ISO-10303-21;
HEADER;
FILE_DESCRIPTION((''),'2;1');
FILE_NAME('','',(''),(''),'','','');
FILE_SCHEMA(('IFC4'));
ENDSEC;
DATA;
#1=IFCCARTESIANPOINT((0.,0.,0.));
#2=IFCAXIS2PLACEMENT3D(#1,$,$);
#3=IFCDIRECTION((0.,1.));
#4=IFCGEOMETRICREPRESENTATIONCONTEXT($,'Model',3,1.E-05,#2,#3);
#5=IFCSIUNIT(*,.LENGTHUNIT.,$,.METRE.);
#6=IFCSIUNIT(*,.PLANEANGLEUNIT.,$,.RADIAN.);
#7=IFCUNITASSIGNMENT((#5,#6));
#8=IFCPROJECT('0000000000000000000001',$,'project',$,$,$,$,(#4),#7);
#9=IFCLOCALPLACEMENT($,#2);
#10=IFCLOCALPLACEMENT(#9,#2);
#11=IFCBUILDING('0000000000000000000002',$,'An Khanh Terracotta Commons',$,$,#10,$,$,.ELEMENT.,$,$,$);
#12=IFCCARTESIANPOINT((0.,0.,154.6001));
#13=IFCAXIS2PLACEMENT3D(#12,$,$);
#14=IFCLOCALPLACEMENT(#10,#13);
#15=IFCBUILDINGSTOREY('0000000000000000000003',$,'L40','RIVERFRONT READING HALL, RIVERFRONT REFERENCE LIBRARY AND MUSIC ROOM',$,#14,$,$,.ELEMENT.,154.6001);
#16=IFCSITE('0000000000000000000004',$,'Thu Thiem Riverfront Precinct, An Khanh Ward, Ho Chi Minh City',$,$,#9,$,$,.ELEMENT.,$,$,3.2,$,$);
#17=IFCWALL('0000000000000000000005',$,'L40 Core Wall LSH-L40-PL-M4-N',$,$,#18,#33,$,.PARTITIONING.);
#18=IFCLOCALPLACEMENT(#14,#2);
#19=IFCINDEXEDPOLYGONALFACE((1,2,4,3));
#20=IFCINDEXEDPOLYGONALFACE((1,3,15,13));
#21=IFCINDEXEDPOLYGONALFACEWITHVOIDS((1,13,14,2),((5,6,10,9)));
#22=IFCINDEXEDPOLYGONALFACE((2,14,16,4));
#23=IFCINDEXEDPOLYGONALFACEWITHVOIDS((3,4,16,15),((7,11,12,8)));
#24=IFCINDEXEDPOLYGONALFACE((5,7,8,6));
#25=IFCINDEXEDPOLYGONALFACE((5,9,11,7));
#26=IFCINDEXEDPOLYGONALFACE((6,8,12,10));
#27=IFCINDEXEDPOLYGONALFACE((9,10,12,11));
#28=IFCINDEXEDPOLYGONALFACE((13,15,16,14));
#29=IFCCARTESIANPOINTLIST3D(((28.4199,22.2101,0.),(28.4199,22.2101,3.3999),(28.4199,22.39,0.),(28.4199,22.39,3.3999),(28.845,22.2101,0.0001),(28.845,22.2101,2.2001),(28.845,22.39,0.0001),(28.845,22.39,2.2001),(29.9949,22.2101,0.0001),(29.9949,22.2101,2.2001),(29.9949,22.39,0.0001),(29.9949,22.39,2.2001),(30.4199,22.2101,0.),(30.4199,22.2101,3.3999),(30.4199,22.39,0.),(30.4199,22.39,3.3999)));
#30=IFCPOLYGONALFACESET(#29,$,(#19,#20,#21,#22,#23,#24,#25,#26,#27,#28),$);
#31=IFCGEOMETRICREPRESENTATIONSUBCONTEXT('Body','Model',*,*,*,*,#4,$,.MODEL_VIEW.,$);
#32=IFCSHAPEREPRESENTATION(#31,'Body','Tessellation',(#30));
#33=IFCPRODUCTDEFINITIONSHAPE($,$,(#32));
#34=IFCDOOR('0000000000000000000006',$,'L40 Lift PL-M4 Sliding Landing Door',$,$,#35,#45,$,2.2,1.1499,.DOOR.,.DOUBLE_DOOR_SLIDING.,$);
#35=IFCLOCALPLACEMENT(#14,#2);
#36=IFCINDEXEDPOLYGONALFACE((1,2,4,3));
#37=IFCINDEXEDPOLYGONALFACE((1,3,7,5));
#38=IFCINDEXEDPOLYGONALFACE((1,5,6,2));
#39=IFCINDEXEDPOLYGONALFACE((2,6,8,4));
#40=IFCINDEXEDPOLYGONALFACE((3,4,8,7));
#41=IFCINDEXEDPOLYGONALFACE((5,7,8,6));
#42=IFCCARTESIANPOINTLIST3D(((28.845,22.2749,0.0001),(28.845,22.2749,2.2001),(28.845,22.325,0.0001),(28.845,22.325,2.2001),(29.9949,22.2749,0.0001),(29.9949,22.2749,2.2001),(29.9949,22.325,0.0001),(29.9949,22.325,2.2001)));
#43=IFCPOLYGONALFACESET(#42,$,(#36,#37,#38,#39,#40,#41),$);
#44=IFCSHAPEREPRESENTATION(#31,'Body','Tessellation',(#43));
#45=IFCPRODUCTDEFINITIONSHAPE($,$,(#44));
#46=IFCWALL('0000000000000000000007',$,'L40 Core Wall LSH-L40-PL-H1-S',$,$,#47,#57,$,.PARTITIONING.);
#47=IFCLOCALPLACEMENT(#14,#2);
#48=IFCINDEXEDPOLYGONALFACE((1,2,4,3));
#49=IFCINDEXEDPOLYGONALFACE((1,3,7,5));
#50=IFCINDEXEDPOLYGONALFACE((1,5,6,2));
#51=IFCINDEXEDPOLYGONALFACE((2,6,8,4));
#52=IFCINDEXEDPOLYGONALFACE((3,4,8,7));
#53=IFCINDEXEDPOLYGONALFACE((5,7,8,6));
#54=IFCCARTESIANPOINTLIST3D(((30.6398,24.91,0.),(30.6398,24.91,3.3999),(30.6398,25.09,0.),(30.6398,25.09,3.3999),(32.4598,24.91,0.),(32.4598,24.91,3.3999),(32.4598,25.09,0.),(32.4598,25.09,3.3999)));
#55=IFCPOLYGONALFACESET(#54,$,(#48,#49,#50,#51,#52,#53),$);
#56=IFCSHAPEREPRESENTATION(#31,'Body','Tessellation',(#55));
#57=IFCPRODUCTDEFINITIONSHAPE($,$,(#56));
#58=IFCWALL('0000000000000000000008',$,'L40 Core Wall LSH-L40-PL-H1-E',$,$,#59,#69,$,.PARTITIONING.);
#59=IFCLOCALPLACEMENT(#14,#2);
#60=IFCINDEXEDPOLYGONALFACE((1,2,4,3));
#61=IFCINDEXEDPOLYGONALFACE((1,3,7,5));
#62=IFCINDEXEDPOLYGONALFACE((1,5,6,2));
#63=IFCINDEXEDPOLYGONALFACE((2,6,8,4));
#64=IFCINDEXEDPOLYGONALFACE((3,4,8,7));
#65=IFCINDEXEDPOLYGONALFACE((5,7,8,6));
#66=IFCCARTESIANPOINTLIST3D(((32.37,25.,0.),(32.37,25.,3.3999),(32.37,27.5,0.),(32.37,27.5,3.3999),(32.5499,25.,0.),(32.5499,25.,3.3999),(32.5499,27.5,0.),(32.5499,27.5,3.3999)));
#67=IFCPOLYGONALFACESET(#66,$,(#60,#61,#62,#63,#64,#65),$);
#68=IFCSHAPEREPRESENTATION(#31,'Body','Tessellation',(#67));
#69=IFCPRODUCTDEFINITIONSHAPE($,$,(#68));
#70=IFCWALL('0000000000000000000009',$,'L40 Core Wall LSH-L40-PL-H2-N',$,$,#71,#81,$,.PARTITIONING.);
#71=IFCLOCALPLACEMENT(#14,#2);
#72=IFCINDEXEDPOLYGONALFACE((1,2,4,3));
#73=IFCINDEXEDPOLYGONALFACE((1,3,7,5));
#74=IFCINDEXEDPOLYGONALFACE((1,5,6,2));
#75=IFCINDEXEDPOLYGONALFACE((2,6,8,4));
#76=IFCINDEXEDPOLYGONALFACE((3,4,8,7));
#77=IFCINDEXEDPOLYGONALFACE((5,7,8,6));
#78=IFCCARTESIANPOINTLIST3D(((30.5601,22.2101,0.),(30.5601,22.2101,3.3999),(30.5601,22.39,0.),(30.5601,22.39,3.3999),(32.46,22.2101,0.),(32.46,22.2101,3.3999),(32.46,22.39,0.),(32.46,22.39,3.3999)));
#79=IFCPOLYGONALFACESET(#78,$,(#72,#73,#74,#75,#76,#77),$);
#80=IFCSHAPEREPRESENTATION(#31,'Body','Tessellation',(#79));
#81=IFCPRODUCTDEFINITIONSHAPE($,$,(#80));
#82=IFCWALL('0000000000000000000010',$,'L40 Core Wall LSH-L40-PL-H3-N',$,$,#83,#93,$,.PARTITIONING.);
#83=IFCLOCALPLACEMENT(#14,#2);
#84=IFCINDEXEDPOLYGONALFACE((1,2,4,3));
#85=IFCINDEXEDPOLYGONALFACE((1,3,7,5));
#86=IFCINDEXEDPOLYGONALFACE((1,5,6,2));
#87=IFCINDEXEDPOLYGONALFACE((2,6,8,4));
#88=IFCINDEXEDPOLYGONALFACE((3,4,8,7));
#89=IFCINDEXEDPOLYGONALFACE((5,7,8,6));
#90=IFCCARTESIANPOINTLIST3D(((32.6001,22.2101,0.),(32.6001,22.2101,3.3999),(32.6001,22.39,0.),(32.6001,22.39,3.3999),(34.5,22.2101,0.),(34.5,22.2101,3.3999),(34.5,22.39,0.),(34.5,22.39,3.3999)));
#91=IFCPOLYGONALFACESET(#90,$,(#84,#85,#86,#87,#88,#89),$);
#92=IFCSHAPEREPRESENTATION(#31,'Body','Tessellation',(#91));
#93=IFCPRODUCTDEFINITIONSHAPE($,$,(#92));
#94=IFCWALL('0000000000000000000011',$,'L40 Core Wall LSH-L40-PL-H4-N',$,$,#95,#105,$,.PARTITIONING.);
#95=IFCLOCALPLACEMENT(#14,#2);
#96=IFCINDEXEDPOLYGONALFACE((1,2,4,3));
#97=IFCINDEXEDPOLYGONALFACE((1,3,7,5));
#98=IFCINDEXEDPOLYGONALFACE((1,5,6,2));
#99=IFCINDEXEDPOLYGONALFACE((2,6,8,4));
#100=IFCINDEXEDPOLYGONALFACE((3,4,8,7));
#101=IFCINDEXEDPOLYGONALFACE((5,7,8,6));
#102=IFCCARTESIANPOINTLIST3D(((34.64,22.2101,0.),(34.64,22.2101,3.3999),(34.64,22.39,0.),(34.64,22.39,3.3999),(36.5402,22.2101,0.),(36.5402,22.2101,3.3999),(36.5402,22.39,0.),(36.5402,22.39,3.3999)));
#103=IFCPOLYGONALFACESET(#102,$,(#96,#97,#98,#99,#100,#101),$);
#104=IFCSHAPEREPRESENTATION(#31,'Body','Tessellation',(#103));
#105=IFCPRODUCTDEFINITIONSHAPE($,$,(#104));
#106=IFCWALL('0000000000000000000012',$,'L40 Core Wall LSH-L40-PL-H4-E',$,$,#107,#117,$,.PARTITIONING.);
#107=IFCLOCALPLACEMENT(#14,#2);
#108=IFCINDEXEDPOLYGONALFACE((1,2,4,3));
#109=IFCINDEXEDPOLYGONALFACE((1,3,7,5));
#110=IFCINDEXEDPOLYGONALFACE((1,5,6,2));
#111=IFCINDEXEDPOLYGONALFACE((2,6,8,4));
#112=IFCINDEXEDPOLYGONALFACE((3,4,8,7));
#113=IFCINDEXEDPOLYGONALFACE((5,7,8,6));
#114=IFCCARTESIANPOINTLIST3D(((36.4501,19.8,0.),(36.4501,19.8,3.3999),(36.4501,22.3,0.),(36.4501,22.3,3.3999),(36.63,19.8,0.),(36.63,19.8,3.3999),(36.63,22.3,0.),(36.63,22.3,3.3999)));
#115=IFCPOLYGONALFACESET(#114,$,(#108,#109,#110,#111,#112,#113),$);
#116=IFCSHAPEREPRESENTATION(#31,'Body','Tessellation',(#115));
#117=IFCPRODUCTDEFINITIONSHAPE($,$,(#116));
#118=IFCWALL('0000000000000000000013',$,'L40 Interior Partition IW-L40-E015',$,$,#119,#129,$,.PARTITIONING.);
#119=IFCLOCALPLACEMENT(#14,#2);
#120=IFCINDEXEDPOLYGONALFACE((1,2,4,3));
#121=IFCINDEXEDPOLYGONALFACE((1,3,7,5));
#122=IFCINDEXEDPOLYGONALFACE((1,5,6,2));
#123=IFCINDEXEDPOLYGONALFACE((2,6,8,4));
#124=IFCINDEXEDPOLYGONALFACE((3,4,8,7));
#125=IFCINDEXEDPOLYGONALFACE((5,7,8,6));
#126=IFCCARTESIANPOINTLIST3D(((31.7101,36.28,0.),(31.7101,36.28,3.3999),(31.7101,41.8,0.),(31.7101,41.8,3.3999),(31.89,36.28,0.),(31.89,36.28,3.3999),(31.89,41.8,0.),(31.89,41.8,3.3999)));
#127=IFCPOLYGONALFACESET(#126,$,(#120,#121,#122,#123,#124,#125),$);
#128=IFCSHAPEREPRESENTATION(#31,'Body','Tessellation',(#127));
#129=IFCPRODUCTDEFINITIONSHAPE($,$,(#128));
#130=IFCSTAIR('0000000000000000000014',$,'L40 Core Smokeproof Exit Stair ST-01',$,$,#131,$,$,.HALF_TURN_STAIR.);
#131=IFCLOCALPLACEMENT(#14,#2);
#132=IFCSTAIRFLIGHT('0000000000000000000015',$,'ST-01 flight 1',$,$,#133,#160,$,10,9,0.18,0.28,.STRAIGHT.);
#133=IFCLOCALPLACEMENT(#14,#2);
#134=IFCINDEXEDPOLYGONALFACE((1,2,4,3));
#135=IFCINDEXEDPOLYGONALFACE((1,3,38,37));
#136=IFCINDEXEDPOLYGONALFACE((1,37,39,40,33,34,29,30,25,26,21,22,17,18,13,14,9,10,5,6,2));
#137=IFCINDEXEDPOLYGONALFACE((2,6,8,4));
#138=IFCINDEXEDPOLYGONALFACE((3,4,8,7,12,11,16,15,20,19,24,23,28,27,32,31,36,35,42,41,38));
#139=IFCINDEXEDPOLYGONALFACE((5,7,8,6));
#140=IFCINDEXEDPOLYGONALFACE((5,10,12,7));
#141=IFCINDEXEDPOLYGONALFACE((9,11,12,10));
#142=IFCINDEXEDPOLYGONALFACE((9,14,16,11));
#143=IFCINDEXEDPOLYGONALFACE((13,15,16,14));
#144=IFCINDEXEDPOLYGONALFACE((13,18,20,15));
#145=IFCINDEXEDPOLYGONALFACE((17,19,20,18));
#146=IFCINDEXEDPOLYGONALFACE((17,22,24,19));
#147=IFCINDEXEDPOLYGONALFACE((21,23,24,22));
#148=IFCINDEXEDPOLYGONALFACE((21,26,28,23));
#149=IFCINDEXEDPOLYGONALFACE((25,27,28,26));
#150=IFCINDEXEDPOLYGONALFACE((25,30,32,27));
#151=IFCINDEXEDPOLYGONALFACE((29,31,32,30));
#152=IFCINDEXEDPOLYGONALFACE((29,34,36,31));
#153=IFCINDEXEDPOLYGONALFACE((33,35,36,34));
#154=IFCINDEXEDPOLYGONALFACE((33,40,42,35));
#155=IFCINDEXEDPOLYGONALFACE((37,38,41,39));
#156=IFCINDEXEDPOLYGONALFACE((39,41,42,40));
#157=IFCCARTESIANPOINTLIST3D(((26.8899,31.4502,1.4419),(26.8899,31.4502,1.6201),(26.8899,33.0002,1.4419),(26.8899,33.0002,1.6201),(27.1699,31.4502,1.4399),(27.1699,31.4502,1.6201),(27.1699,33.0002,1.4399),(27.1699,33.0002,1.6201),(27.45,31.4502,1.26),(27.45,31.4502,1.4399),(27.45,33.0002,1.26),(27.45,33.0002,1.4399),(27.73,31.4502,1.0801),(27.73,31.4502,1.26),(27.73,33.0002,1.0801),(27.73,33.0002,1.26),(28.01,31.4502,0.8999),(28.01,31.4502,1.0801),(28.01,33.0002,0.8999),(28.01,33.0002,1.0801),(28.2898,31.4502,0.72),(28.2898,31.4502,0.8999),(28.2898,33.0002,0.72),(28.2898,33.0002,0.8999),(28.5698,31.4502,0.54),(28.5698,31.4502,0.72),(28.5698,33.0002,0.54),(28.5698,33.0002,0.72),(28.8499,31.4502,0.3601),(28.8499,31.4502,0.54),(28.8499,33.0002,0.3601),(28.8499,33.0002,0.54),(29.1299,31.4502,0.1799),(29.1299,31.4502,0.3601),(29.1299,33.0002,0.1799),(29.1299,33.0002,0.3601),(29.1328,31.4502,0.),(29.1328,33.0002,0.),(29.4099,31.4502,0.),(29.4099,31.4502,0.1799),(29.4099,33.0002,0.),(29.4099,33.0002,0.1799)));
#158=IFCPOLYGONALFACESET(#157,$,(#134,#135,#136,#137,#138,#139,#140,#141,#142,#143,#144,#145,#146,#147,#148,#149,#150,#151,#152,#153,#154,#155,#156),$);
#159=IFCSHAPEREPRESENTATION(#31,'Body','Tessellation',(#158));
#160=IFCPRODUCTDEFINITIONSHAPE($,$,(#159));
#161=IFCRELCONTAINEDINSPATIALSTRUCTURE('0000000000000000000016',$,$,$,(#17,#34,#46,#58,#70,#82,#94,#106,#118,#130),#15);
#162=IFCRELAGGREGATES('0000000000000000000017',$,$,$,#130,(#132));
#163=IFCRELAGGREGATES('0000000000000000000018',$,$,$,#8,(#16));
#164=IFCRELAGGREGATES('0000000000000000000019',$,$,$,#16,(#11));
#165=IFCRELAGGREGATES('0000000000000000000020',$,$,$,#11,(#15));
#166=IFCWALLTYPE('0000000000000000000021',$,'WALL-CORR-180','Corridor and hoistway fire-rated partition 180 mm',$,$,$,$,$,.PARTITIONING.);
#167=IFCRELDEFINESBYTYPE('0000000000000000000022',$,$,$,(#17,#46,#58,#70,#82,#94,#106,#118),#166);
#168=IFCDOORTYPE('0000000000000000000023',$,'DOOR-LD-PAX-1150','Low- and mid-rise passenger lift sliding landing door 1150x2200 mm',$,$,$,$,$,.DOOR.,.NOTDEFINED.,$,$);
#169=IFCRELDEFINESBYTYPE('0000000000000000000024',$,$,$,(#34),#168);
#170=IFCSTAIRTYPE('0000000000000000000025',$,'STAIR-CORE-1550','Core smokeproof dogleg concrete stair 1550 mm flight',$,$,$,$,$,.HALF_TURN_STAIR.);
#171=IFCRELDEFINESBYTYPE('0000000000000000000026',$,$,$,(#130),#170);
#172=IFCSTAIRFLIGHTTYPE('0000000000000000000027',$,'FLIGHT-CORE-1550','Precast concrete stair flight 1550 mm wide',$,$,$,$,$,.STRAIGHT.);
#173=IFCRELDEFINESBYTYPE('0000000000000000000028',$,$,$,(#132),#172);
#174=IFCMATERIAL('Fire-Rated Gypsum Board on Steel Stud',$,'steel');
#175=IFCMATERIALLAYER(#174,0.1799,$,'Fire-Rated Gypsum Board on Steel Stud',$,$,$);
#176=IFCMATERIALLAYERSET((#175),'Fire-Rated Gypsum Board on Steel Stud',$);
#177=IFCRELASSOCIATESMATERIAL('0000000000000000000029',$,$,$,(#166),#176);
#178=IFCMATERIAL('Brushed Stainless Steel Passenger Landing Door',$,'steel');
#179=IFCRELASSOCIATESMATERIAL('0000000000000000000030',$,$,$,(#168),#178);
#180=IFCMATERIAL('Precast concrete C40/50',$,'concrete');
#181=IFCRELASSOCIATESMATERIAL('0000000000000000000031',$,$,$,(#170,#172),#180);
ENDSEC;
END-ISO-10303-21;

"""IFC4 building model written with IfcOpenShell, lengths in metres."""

from ifc_helpers import new_model, si_unit, direction, frame, frame_2d, origin, place, context, subcontext, project, spatial, polyline, rectangle, outline, extrude, material, layer, layer_set, type_object, element, fill, aggregate, save


model = new_model("IFC4")

# Units and contexts
model_context = context("Model", 3, precision=1e-05, world=origin(), true_north=direction((0.0, 1.0)))
body_context = subcontext(model_context, "Body", "Model", "MODEL_VIEW")
ifc_project = project(units=[si_unit("LENGTHUNIT", "METRE"), si_unit("PLANEANGLEUNIT", "RADIAN")], contexts=[model_context])

# Site, building, storey
site_placement = place(None, origin())
site = spatial("IfcSite", under=ifc_project, at=site_placement, Name="Thu Thiem Riverfront Precinct, An Khanh Ward, Ho Chi Minh City", CompositionType="ELEMENT", RefElevation=3.2)
building_placement = place(site_placement, origin())
building = spatial("IfcBuilding", under=site, at=building_placement, Name="An Khanh Terracotta Commons", CompositionType="ELEMENT")
storey_placement = place(building_placement, frame((0.0, 0.0, 154.6001)))
storey = spatial("IfcBuildingStorey", under=building, at=storey_placement, Name="L40", Description="RIVERFRONT READING HALL, RIVERFRONT REFERENCE LIBRARY AND MUSIC ROOM", CompositionType="ELEMENT", Elevation=154.6001)

# Shared definitions
ifc_material_1 = material(Name="Fire-Rated Gypsum Board on Steel Stud", Category="steel")
ifc_layer_1 = layer(ifc_material_1, 0.1799, Name="Fire-Rated Gypsum Board on Steel Stud")
ifc_layer_set_1 = layer_set([ifc_layer_1], Name="Fire-Rated Gypsum Board on Steel Stud")
wall_type_1 = type_object("IfcWallType", Name="WALL-CORR-180", Description="Corridor and hoistway fire-rated partition 180 mm", PredefinedType="PARTITIONING", material=ifc_layer_set_1)

# Shared definitions
ifc_material_2 = material(Name="Brushed Stainless Steel Passenger Landing Door", Category="steel")
door_type_1 = type_object("IfcDoorType", Name="DOOR-LD-PAX-1150", Description="Low- and mid-rise passenger lift sliding landing door 1150x2200 mm", OperationType="NOTDEFINED", PredefinedType="DOOR", material=ifc_material_2)

# Wall, opening, door
wall_1_placement = place(storey_placement, frame((28.4199, 22.3, 0.0), z_axis=(0.0, 0.0, 1.0), x_axis=(1.0, 0.0, 0.0)))
wall_1 = element("IfcWall", 1, at=wall_1_placement, inside=storey, type_object=wall_type_1, Name="L40 Core Wall LSH-L40-PL-M4-N", PredefinedType="PARTITIONING", context=body_context, shape_type="SweptSolid", body=[
    extrude(rectangle(XDim=2.0, YDim=0.1799, at=frame_2d((1.0, 0.0))), origin(), (0.0, 0.0, 1.0), 3.3999),
])
opening_1_placement = place(wall_1_placement, frame((0.425, 0.0, 0.0)))
opening_1 = element("IfcOpeningElement", 2, at=opening_1_placement, cuts=wall_1, PredefinedType="OPENING", context=body_context, shape_type="SweptSolid", body=[
    extrude(rectangle(XDim=1.1499, YDim=2.2, at=frame_2d((0.575, 1.1001))), frame((0.0, 0.0999, 0.0), z_axis=(0.0, -1.0, 0.0), x_axis=(1.0, 0.0, 0.0)), (0.0, 0.0, 1.0), 0.2),
])
door_1_placement = place(opening_1_placement, origin())
door_1 = element("IfcDoor", 3, at=door_1_placement, inside=storey, type_object=door_type_1, Name="L40 Lift PL-M4 Sliding Landing Door", OperationType="DOUBLE_DOOR_SLIDING", OverallHeight=2.2, OverallWidth=1.1499, PredefinedType="DOOR", context=body_context, shape_type="SweptSolid", body=[
    extrude(rectangle(XDim=1.1499, YDim=2.2, at=frame_2d((0.575, 1.1001))), frame((0.0, 0.0249, 0.0), z_axis=(0.0, -1.0, 0.0), x_axis=(1.0, 0.0, 0.0)), (0.0, 0.0, 1.0), 0.05),
])
fill(opening_1, door_1)

# Walls
wall_2_placement = place(storey_placement, frame((32.46, 25.0, 0.0), z_axis=(0.0, 0.0, 1.0), x_axis=(-1.0, 0.0, 0.0)))
element("IfcWall", 4, at=wall_2_placement, inside=storey, type_object=wall_type_1, Name="L40 Core Wall LSH-L40-PL-H1-S", PredefinedType="PARTITIONING", context=body_context, shape_type="SweptSolid", body=[
    extrude(rectangle(XDim=1.8201, YDim=0.1799, at=frame_2d((0.9102, 0.0))), origin(), (0.0, 0.0, 1.0), 3.3999),
])
wall_3_placement = place(storey_placement, frame((32.46, 25.0, 0.0), z_axis=(0.0, 0.0, 1.0), x_axis=(0.0, 1.0, 0.0)))
element("IfcWall", 5, at=wall_3_placement, inside=storey, type_object=wall_type_1, Name="L40 Core Wall LSH-L40-PL-H1-E", PredefinedType="PARTITIONING", context=body_context, shape_type="SweptSolid", body=[
    extrude(rectangle(XDim=2.5, YDim=0.1799, at=frame_2d((1.25, 0.0))), origin(), (0.0, 0.0, 1.0), 3.3999),
])
for number, where, z_axis, x_axis, name in (
    (6, (30.5601, 22.3, 0.0), (0.0, 0.0, 1.0), (1.0, 0.0, 0.0), "L40 Core Wall LSH-L40-PL-H2-N"),
    (7, (32.6001, 22.3, 0.0), (0.0, 0.0, 1.0), (1.0, 0.0, 0.0), "L40 Core Wall LSH-L40-PL-H3-N"),
):
    element("IfcWall", number, at=place(storey_placement, frame(where, z_axis=z_axis, x_axis=x_axis)), inside=storey, type_object=wall_type_1, Name=name, PredefinedType="PARTITIONING", context=body_context, shape_type="SweptSolid", body=[
        extrude(rectangle(XDim=1.8999, YDim=0.1799, at=frame_2d((0.95, 0.0))), origin(), (0.0, 0.0, 1.0), 3.3999),
    ])
wall_4_placement = place(storey_placement, frame((34.6399, 22.3, 0.0), z_axis=(0.0, 0.0, 1.0), x_axis=(1.0, 0.0, 0.0)))
element("IfcWall", 8, at=wall_4_placement, inside=storey, type_object=wall_type_1, Name="L40 Core Wall LSH-L40-PL-H4-N", PredefinedType="PARTITIONING", context=body_context, shape_type="SweptSolid", body=[
    extrude(rectangle(XDim=1.9001, YDim=0.1799, at=frame_2d((0.9502, 0.0))), origin(), (0.0, 0.0, 1.0), 3.3999),
])
wall_5_placement = place(storey_placement, frame((36.54, 19.8, 0.0), z_axis=(0.0, 0.0, 1.0), x_axis=(0.0, 1.0, 0.0)))
element("IfcWall", 9, at=wall_5_placement, inside=storey, type_object=wall_type_1, Name="L40 Core Wall LSH-L40-PL-H4-E", PredefinedType="PARTITIONING", context=body_context, shape_type="SweptSolid", body=[
    extrude(rectangle(XDim=2.5, YDim=0.1799, at=frame_2d((1.25, 0.0))), origin(), (0.0, 0.0, 1.0), 3.3999),
])
wall_6_placement = place(storey_placement, frame((31.8, 36.28, 0.0), z_axis=(0.0, 0.0, 1.0), x_axis=(0.0, 1.0, 0.0)))
element("IfcWall", 10, at=wall_6_placement, inside=storey, type_object=wall_type_1, Name="L40 Interior Partition IW-L40-E015", PredefinedType="PARTITIONING", context=body_context, shape_type="SweptSolid", body=[
    extrude(rectangle(XDim=5.52, YDim=0.1799, at=frame_2d((2.76, 0.0))), origin(), (0.0, 0.0, 1.0), 3.3999),
])

# Stair, stair flight
ifc_material_3 = material(Name="Precast concrete C40/50", Category="concrete")
stair_type = type_object("IfcStairType", Name="STAIR-CORE-1550", Description="Core smokeproof dogleg concrete stair 1550 mm flight", PredefinedType="HALF_TURN_STAIR", material=ifc_material_3)
stair_placement = place(storey_placement, origin())
stair = element("IfcStair", 11, at=stair_placement, inside=storey, type_object=stair_type, Name="L40 Core Smokeproof Exit Stair ST-01", PredefinedType="HALF_TURN_STAIR")
stair_flight_type = type_object("IfcStairFlightType", Name="FLIGHT-CORE-1550", Description="Precast concrete stair flight 1550 mm wide", PredefinedType="STRAIGHT", material=ifc_material_3)
stair_flight_placement = place(storey_placement, frame((29.4099, 32.2251, 0.0), z_axis=(0.0, 0.0, 1.0), x_axis=(-1.0, 0.0, 0.0)))
stair_flight = element("IfcStairFlight", 12, at=stair_flight_placement, type_object=stair_flight_type, Name="ST-01 flight 1", NumberOfRisers=10, NumberOfTreads=9, PredefinedType="STRAIGHT", RiserHeight=0.18, TreadLength=0.28, context=body_context, shape_type="SweptSolid", body=[
    extrude(outline(polyline([(0.0, 0.0), (0.0, 0.1799), (0.28, 0.1799), (0.28, 0.3601), (0.5601, 0.3601), (0.5601, 0.54), (0.8401, 0.54), (0.8401, 0.72), (1.1201, 0.72), (1.1201, 0.8999), (1.3999, 0.8999), (1.3999, 1.0801), (1.6799, 1.0801), (1.6799, 1.26), (1.96, 1.26), (1.96, 1.4399), (2.24, 1.4399), (2.24, 1.6201), (2.52, 1.6201), (2.52, 1.8), (2.52, 1.4419), (0.2771, 0.0), (0.0, 0.0)])), frame((0.0, 0.7749, 0.0), z_axis=(0.0, -1.0, 0.0), x_axis=(1.0, 0.0, 0.0)), (0.0, 0.0, 1.0), 1.55),
])
aggregate(stair, [stair_flight])

save(model, "model.ifc")
